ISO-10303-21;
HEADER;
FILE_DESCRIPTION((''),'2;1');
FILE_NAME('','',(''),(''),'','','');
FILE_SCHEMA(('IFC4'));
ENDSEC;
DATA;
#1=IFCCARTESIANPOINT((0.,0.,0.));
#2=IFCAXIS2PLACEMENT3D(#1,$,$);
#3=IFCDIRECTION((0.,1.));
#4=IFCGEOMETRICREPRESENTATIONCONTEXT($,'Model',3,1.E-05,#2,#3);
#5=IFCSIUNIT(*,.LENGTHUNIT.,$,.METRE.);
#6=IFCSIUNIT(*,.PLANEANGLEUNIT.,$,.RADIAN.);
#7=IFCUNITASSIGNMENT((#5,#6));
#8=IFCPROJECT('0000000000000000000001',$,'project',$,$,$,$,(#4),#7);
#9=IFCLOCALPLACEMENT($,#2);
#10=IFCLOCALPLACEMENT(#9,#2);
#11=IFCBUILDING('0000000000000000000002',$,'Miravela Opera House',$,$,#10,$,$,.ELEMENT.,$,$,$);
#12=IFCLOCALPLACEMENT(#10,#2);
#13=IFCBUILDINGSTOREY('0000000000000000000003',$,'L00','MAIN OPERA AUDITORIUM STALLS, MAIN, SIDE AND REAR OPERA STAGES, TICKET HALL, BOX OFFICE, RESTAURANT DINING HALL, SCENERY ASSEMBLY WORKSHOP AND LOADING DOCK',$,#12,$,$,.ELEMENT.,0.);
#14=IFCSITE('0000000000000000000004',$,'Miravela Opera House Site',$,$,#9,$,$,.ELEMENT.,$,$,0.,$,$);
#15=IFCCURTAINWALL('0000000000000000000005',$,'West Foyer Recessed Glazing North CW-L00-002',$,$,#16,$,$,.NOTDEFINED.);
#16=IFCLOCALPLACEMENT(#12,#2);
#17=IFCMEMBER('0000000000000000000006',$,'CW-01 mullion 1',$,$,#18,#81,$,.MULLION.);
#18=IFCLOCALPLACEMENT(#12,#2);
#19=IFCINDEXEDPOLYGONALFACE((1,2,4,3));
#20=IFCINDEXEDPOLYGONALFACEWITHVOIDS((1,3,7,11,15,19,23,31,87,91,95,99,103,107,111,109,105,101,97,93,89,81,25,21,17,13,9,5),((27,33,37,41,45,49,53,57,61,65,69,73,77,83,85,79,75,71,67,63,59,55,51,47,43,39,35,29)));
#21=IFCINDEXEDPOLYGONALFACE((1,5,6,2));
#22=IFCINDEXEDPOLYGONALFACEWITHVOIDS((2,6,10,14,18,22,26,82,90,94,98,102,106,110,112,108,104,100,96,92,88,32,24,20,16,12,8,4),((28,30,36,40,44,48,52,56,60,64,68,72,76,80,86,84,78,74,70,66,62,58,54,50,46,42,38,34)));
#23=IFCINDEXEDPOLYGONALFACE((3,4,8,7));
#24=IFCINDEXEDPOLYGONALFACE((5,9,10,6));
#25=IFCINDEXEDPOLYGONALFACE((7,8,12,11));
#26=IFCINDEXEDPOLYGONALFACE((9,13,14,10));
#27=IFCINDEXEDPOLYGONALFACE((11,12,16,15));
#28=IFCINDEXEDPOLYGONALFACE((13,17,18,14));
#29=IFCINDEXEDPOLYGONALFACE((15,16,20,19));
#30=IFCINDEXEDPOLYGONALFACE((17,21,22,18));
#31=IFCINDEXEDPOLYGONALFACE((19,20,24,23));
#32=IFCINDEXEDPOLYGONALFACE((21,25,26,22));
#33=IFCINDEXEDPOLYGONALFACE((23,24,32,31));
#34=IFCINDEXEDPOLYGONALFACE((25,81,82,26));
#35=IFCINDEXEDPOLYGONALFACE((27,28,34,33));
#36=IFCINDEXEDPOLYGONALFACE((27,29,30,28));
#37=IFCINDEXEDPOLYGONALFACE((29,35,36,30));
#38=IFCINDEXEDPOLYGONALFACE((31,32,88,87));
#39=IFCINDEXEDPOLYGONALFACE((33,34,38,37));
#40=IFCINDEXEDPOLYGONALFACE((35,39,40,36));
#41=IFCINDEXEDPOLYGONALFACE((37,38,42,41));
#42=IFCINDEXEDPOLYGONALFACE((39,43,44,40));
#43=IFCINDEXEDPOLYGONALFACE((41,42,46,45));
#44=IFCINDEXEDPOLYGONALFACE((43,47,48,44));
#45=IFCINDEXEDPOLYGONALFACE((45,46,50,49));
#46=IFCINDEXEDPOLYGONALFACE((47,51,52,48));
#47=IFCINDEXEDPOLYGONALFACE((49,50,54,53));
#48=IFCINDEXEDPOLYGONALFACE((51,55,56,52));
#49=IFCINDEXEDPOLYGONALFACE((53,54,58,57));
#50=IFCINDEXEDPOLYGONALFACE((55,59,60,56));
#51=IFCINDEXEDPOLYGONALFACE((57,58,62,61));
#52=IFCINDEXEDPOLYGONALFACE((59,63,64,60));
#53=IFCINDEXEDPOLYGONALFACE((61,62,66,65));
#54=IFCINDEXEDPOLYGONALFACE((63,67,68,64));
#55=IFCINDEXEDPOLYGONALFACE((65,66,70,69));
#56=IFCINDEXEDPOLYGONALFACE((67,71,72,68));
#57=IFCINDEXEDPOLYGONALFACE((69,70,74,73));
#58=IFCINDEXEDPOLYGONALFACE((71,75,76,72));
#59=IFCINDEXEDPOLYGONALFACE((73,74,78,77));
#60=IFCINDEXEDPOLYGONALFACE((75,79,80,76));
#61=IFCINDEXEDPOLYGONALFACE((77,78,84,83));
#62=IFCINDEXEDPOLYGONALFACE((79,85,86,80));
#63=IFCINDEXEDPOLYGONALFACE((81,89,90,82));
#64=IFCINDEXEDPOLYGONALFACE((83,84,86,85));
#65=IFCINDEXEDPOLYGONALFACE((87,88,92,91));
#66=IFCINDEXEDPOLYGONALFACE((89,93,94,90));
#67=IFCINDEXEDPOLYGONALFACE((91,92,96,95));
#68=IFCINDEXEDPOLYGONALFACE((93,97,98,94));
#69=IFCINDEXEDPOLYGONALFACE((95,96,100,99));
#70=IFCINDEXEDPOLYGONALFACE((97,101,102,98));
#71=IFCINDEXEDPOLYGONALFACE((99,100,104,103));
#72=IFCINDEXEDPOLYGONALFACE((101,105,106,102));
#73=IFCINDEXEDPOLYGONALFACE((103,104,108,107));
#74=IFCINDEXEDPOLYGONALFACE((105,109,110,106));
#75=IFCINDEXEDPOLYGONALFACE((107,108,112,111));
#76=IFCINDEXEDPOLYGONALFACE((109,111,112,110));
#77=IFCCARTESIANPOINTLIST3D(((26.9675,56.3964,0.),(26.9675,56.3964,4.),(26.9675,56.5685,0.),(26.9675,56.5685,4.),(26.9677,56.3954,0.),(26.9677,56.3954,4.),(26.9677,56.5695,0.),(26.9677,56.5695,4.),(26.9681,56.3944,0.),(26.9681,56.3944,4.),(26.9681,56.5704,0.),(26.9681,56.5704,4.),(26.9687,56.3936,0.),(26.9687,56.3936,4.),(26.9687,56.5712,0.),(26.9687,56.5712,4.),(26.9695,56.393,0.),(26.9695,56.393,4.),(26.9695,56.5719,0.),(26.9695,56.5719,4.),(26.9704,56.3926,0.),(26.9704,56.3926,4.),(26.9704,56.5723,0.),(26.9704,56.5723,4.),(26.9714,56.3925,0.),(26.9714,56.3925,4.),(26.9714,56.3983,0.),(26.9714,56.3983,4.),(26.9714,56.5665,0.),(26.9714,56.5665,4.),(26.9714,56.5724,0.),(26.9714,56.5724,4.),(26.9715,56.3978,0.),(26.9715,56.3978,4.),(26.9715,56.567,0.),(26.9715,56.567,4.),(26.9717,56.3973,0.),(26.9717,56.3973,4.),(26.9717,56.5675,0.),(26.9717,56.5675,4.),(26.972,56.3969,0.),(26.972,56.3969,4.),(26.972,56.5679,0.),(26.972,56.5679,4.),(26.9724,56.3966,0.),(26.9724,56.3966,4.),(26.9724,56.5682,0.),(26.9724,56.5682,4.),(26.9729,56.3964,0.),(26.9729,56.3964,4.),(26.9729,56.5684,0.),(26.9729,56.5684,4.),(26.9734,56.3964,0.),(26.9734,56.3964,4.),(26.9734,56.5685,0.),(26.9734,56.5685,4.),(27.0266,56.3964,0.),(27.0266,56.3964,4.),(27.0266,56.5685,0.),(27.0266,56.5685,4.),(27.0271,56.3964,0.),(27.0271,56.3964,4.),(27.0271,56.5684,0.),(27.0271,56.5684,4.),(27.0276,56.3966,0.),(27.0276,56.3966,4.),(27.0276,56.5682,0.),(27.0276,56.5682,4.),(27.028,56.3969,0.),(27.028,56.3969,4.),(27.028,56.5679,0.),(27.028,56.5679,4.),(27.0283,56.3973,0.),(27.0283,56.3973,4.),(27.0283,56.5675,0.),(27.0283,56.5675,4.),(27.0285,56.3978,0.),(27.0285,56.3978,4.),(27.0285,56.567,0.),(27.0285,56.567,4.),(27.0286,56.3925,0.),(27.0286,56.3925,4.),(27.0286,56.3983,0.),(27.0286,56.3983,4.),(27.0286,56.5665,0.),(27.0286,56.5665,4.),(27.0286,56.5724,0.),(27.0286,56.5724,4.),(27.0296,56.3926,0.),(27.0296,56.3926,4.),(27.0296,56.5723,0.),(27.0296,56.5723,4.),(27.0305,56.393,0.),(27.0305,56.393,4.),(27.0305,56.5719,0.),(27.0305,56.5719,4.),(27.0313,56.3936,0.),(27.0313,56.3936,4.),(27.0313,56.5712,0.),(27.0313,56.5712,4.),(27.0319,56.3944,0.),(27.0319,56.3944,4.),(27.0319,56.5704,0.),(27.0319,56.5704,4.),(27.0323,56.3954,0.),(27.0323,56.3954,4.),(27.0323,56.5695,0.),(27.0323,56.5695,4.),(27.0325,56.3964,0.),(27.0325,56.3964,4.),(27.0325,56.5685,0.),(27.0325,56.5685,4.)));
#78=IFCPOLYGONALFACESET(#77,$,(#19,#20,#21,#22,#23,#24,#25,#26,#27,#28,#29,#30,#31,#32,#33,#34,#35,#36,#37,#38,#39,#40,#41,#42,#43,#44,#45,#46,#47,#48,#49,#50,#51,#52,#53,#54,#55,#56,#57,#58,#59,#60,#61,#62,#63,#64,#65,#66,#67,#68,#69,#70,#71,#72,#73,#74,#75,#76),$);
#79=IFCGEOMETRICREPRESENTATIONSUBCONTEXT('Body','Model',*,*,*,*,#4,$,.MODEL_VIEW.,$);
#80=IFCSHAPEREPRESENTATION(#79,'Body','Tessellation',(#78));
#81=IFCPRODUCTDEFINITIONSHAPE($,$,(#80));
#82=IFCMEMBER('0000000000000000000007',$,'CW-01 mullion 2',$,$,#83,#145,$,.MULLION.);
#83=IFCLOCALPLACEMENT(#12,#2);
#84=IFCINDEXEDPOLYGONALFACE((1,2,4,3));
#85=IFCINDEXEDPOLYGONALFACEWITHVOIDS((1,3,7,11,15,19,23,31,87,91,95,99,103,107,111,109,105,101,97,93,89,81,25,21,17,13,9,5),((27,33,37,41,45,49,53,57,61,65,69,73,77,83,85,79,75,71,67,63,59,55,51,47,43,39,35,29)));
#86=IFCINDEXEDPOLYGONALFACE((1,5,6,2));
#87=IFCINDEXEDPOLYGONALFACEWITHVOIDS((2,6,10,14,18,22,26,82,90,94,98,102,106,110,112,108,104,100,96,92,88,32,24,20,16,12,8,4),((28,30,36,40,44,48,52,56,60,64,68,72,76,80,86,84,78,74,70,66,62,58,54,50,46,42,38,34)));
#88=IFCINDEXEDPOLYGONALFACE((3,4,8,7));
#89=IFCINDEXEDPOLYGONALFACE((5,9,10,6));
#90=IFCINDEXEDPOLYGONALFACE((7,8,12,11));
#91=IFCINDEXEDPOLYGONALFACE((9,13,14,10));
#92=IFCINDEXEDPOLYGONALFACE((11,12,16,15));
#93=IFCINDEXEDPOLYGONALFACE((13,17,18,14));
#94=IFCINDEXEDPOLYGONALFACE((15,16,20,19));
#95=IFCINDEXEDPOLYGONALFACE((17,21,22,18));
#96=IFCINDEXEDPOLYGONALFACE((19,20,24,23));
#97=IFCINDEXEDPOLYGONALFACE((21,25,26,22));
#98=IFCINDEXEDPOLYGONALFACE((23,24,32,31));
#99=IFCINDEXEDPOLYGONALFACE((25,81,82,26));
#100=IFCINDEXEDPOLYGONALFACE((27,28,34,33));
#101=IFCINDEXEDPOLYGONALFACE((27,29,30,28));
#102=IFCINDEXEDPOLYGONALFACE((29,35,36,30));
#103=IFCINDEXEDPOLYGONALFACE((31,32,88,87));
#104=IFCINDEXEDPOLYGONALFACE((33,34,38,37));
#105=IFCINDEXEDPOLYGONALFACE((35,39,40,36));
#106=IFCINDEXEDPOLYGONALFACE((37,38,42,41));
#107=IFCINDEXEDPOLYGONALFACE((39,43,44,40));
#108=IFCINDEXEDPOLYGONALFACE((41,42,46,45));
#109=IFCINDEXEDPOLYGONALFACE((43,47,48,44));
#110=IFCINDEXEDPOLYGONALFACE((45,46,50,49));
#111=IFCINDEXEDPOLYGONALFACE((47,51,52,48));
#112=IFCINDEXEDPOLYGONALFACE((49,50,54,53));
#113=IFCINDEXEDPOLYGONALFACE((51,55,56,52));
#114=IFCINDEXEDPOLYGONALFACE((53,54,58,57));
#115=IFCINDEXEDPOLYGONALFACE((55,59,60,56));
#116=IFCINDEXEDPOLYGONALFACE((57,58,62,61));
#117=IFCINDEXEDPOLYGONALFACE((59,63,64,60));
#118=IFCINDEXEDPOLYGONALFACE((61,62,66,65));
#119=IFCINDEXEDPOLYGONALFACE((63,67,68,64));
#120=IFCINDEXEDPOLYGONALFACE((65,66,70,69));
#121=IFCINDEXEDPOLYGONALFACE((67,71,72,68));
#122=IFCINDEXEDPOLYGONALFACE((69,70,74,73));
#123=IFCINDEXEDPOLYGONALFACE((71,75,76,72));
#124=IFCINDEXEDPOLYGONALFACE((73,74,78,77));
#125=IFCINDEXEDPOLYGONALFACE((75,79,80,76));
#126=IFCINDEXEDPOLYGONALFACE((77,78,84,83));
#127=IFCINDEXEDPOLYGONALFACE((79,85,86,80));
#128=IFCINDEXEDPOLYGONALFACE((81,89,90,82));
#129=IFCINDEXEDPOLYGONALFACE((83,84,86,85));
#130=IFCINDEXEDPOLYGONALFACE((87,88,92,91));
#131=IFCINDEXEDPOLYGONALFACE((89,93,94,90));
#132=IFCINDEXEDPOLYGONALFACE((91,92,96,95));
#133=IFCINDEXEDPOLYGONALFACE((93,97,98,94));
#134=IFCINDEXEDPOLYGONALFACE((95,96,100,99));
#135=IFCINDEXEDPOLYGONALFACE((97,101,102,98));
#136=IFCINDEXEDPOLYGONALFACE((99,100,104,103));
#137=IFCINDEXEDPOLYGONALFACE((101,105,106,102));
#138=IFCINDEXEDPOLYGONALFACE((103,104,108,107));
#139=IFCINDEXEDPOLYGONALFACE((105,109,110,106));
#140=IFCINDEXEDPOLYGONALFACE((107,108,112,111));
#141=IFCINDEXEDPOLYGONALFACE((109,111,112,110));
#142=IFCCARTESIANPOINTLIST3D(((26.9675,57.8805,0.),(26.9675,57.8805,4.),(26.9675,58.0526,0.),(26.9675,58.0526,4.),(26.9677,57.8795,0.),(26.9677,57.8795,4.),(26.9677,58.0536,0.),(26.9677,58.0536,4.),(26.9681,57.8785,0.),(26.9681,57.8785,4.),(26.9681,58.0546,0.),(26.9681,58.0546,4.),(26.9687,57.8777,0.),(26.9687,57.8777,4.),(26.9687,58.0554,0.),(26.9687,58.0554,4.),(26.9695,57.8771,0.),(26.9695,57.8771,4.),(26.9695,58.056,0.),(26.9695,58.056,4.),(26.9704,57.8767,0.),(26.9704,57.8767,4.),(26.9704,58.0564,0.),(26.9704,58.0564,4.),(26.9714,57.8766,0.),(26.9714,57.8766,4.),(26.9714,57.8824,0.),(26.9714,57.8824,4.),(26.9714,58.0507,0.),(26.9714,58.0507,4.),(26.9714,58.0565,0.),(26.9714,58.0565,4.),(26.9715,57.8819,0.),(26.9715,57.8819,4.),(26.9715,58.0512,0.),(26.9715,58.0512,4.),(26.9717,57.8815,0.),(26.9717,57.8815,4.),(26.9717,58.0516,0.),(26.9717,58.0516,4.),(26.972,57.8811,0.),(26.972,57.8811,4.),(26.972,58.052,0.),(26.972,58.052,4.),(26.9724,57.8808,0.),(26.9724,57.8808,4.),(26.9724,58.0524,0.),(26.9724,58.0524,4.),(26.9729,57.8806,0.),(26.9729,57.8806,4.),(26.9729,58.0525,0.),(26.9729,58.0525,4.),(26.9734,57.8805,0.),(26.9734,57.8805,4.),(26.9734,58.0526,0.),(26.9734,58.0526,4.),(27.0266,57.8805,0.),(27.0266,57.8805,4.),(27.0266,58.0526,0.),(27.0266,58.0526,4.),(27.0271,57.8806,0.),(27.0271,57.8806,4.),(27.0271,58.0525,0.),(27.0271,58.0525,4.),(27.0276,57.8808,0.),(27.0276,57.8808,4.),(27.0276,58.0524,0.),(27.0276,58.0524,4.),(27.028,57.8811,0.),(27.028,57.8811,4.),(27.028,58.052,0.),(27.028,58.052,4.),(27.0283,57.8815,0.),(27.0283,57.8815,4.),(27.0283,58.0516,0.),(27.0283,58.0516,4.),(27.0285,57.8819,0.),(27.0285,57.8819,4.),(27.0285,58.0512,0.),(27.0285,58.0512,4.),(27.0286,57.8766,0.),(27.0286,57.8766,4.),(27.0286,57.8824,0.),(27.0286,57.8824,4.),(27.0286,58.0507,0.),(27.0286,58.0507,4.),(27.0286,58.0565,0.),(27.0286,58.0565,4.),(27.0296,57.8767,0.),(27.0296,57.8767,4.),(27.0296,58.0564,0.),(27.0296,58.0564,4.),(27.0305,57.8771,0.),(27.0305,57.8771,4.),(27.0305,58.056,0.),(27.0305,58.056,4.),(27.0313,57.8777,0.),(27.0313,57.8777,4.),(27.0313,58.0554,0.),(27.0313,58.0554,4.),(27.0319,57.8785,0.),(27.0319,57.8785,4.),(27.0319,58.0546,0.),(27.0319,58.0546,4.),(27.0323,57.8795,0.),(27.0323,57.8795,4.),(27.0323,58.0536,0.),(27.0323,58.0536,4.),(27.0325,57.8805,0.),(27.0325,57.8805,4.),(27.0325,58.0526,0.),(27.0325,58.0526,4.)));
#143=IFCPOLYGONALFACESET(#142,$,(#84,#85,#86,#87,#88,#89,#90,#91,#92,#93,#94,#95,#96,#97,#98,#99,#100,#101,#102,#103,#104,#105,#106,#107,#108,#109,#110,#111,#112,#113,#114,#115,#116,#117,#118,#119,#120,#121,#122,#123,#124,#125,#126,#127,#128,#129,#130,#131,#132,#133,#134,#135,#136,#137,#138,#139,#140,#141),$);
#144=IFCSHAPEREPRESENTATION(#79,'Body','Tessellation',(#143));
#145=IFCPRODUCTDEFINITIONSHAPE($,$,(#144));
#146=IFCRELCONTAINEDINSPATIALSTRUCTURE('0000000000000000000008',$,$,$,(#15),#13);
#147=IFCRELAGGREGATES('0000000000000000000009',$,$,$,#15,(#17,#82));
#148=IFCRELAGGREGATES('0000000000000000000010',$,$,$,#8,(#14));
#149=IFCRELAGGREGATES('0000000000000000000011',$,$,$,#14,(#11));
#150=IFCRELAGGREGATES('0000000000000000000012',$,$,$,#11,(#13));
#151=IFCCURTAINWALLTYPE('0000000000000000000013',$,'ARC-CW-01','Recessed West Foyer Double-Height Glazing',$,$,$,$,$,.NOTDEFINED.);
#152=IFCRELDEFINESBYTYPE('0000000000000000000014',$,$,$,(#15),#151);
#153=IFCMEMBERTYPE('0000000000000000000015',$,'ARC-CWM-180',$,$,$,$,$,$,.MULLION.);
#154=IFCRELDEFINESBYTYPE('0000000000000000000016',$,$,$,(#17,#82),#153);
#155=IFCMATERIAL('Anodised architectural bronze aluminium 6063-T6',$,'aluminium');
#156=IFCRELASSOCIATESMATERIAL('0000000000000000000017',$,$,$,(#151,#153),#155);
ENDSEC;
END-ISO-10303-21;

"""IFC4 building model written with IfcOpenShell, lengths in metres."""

from ifc_helpers import new_model, si_unit, direction, frame, origin, origin_2d, place, context, subcontext, project, spatial, hollow_rectangle, extrude, material, material_profile, profile_set, type_object, element, aggregate, save


model = new_model("IFC4")

# Units and contexts
model_context = context("Model", 3, precision=1e-05, world=origin(), true_north=direction((0.0, 1.0)))
body_context = subcontext(model_context, "Body", "Model", "MODEL_VIEW")
ifc_project = project(units=[si_unit("LENGTHUNIT", "METRE"), si_unit("PLANEANGLEUNIT", "RADIAN")], contexts=[model_context])

# Site, building, storey
site_placement = place(None, origin())
site = spatial("IfcSite", under=ifc_project, at=site_placement, Name="Miravela Opera House Site", CompositionType="ELEMENT", RefElevation=0.0)
building_placement = place(site_placement, origin())
building = spatial("IfcBuilding", under=site, at=building_placement, Name="Miravela Opera House", CompositionType="ELEMENT")
storey_placement = place(building_placement, origin())
storey = spatial("IfcBuildingStorey", under=building, at=storey_placement, Name="L00", Description="MAIN OPERA AUDITORIUM STALLS, MAIN, SIDE AND REAR OPERA STAGES, TICKET HALL, BOX OFFICE, RESTAURANT DINING HALL, SCENERY ASSEMBLY WORKSHOP AND LOADING DOCK", CompositionType="ELEMENT", Elevation=0.0)

# Curtain wall, members
ifc_material_1 = material(Name="Anodised architectural bronze aluminium 6063-T6", Category="aluminium")
curtain_wall_type = type_object("IfcCurtainWallType", Name="ARC-CW-01", Description="Recessed West Foyer Double-Height Glazing", PredefinedType="NOTDEFINED", material=ifc_material_1)
ifc_material_profile_1 = material_profile(ifc_material_1, hollow_rectangle(XDim=0.0649, YDim=0.1799, WallThickness=0.0039, InnerFilletRadius=0.002, OuterFilletRadius=0.0039, at=origin_2d()), Name="CWM-65X180")
ifc_profile_set_1 = profile_set([ifc_material_profile_1])
member_type_1 = type_object("IfcMemberType", Name="ARC-CWM-180", PredefinedType="MULLION", material=ifc_profile_set_1)
curtain_wall_1_placement = place(storey_placement, origin())
curtain_wall_1 = element("IfcCurtainWall", 1, at=curtain_wall_1_placement, inside=storey, type_object=curtain_wall_type, Name="West Foyer Recessed Glazing North CW-L00-002", PredefinedType="NOTDEFINED")
member_1_placement = place(storey_placement, frame((27.0, 56.4824, 0.0), z_axis=(0.0, 0.0, 1.0), x_axis=(-1.0, 0.0, 0.0)))
member_1 = element("IfcMember", 2, at=member_1_placement, type_object=member_type_1, Name="CW-01 mullion 1", PredefinedType="MULLION", context=body_context, shape_type="SweptSolid", body=[
    extrude(hollow_rectangle(XDim=0.0649, YDim=0.1799, WallThickness=0.0039, InnerFilletRadius=0.002, OuterFilletRadius=0.0039, at=origin_2d()), origin(), (0.0, 0.0, 1.0), 4.0),
])
member_2_placement = place(storey_placement, frame((27.0, 57.9666, 0.0), z_axis=(0.0, 0.0, 1.0), x_axis=(-1.0, 0.0, 0.0)))
member_2 = element("IfcMember", 3, at=member_2_placement, type_object=member_type_1, Name="CW-01 mullion 2", PredefinedType="MULLION", context=body_context, shape_type="SweptSolid", body=[
    extrude(hollow_rectangle(XDim=0.0649, YDim=0.1799, WallThickness=0.0039, InnerFilletRadius=0.002, OuterFilletRadius=0.0039, at=origin_2d()), origin(), (0.0, 0.0, 1.0), 4.0),
])

aggregate(curtain_wall_1, [member_1, member_2])

save(model, "model.ifc")
